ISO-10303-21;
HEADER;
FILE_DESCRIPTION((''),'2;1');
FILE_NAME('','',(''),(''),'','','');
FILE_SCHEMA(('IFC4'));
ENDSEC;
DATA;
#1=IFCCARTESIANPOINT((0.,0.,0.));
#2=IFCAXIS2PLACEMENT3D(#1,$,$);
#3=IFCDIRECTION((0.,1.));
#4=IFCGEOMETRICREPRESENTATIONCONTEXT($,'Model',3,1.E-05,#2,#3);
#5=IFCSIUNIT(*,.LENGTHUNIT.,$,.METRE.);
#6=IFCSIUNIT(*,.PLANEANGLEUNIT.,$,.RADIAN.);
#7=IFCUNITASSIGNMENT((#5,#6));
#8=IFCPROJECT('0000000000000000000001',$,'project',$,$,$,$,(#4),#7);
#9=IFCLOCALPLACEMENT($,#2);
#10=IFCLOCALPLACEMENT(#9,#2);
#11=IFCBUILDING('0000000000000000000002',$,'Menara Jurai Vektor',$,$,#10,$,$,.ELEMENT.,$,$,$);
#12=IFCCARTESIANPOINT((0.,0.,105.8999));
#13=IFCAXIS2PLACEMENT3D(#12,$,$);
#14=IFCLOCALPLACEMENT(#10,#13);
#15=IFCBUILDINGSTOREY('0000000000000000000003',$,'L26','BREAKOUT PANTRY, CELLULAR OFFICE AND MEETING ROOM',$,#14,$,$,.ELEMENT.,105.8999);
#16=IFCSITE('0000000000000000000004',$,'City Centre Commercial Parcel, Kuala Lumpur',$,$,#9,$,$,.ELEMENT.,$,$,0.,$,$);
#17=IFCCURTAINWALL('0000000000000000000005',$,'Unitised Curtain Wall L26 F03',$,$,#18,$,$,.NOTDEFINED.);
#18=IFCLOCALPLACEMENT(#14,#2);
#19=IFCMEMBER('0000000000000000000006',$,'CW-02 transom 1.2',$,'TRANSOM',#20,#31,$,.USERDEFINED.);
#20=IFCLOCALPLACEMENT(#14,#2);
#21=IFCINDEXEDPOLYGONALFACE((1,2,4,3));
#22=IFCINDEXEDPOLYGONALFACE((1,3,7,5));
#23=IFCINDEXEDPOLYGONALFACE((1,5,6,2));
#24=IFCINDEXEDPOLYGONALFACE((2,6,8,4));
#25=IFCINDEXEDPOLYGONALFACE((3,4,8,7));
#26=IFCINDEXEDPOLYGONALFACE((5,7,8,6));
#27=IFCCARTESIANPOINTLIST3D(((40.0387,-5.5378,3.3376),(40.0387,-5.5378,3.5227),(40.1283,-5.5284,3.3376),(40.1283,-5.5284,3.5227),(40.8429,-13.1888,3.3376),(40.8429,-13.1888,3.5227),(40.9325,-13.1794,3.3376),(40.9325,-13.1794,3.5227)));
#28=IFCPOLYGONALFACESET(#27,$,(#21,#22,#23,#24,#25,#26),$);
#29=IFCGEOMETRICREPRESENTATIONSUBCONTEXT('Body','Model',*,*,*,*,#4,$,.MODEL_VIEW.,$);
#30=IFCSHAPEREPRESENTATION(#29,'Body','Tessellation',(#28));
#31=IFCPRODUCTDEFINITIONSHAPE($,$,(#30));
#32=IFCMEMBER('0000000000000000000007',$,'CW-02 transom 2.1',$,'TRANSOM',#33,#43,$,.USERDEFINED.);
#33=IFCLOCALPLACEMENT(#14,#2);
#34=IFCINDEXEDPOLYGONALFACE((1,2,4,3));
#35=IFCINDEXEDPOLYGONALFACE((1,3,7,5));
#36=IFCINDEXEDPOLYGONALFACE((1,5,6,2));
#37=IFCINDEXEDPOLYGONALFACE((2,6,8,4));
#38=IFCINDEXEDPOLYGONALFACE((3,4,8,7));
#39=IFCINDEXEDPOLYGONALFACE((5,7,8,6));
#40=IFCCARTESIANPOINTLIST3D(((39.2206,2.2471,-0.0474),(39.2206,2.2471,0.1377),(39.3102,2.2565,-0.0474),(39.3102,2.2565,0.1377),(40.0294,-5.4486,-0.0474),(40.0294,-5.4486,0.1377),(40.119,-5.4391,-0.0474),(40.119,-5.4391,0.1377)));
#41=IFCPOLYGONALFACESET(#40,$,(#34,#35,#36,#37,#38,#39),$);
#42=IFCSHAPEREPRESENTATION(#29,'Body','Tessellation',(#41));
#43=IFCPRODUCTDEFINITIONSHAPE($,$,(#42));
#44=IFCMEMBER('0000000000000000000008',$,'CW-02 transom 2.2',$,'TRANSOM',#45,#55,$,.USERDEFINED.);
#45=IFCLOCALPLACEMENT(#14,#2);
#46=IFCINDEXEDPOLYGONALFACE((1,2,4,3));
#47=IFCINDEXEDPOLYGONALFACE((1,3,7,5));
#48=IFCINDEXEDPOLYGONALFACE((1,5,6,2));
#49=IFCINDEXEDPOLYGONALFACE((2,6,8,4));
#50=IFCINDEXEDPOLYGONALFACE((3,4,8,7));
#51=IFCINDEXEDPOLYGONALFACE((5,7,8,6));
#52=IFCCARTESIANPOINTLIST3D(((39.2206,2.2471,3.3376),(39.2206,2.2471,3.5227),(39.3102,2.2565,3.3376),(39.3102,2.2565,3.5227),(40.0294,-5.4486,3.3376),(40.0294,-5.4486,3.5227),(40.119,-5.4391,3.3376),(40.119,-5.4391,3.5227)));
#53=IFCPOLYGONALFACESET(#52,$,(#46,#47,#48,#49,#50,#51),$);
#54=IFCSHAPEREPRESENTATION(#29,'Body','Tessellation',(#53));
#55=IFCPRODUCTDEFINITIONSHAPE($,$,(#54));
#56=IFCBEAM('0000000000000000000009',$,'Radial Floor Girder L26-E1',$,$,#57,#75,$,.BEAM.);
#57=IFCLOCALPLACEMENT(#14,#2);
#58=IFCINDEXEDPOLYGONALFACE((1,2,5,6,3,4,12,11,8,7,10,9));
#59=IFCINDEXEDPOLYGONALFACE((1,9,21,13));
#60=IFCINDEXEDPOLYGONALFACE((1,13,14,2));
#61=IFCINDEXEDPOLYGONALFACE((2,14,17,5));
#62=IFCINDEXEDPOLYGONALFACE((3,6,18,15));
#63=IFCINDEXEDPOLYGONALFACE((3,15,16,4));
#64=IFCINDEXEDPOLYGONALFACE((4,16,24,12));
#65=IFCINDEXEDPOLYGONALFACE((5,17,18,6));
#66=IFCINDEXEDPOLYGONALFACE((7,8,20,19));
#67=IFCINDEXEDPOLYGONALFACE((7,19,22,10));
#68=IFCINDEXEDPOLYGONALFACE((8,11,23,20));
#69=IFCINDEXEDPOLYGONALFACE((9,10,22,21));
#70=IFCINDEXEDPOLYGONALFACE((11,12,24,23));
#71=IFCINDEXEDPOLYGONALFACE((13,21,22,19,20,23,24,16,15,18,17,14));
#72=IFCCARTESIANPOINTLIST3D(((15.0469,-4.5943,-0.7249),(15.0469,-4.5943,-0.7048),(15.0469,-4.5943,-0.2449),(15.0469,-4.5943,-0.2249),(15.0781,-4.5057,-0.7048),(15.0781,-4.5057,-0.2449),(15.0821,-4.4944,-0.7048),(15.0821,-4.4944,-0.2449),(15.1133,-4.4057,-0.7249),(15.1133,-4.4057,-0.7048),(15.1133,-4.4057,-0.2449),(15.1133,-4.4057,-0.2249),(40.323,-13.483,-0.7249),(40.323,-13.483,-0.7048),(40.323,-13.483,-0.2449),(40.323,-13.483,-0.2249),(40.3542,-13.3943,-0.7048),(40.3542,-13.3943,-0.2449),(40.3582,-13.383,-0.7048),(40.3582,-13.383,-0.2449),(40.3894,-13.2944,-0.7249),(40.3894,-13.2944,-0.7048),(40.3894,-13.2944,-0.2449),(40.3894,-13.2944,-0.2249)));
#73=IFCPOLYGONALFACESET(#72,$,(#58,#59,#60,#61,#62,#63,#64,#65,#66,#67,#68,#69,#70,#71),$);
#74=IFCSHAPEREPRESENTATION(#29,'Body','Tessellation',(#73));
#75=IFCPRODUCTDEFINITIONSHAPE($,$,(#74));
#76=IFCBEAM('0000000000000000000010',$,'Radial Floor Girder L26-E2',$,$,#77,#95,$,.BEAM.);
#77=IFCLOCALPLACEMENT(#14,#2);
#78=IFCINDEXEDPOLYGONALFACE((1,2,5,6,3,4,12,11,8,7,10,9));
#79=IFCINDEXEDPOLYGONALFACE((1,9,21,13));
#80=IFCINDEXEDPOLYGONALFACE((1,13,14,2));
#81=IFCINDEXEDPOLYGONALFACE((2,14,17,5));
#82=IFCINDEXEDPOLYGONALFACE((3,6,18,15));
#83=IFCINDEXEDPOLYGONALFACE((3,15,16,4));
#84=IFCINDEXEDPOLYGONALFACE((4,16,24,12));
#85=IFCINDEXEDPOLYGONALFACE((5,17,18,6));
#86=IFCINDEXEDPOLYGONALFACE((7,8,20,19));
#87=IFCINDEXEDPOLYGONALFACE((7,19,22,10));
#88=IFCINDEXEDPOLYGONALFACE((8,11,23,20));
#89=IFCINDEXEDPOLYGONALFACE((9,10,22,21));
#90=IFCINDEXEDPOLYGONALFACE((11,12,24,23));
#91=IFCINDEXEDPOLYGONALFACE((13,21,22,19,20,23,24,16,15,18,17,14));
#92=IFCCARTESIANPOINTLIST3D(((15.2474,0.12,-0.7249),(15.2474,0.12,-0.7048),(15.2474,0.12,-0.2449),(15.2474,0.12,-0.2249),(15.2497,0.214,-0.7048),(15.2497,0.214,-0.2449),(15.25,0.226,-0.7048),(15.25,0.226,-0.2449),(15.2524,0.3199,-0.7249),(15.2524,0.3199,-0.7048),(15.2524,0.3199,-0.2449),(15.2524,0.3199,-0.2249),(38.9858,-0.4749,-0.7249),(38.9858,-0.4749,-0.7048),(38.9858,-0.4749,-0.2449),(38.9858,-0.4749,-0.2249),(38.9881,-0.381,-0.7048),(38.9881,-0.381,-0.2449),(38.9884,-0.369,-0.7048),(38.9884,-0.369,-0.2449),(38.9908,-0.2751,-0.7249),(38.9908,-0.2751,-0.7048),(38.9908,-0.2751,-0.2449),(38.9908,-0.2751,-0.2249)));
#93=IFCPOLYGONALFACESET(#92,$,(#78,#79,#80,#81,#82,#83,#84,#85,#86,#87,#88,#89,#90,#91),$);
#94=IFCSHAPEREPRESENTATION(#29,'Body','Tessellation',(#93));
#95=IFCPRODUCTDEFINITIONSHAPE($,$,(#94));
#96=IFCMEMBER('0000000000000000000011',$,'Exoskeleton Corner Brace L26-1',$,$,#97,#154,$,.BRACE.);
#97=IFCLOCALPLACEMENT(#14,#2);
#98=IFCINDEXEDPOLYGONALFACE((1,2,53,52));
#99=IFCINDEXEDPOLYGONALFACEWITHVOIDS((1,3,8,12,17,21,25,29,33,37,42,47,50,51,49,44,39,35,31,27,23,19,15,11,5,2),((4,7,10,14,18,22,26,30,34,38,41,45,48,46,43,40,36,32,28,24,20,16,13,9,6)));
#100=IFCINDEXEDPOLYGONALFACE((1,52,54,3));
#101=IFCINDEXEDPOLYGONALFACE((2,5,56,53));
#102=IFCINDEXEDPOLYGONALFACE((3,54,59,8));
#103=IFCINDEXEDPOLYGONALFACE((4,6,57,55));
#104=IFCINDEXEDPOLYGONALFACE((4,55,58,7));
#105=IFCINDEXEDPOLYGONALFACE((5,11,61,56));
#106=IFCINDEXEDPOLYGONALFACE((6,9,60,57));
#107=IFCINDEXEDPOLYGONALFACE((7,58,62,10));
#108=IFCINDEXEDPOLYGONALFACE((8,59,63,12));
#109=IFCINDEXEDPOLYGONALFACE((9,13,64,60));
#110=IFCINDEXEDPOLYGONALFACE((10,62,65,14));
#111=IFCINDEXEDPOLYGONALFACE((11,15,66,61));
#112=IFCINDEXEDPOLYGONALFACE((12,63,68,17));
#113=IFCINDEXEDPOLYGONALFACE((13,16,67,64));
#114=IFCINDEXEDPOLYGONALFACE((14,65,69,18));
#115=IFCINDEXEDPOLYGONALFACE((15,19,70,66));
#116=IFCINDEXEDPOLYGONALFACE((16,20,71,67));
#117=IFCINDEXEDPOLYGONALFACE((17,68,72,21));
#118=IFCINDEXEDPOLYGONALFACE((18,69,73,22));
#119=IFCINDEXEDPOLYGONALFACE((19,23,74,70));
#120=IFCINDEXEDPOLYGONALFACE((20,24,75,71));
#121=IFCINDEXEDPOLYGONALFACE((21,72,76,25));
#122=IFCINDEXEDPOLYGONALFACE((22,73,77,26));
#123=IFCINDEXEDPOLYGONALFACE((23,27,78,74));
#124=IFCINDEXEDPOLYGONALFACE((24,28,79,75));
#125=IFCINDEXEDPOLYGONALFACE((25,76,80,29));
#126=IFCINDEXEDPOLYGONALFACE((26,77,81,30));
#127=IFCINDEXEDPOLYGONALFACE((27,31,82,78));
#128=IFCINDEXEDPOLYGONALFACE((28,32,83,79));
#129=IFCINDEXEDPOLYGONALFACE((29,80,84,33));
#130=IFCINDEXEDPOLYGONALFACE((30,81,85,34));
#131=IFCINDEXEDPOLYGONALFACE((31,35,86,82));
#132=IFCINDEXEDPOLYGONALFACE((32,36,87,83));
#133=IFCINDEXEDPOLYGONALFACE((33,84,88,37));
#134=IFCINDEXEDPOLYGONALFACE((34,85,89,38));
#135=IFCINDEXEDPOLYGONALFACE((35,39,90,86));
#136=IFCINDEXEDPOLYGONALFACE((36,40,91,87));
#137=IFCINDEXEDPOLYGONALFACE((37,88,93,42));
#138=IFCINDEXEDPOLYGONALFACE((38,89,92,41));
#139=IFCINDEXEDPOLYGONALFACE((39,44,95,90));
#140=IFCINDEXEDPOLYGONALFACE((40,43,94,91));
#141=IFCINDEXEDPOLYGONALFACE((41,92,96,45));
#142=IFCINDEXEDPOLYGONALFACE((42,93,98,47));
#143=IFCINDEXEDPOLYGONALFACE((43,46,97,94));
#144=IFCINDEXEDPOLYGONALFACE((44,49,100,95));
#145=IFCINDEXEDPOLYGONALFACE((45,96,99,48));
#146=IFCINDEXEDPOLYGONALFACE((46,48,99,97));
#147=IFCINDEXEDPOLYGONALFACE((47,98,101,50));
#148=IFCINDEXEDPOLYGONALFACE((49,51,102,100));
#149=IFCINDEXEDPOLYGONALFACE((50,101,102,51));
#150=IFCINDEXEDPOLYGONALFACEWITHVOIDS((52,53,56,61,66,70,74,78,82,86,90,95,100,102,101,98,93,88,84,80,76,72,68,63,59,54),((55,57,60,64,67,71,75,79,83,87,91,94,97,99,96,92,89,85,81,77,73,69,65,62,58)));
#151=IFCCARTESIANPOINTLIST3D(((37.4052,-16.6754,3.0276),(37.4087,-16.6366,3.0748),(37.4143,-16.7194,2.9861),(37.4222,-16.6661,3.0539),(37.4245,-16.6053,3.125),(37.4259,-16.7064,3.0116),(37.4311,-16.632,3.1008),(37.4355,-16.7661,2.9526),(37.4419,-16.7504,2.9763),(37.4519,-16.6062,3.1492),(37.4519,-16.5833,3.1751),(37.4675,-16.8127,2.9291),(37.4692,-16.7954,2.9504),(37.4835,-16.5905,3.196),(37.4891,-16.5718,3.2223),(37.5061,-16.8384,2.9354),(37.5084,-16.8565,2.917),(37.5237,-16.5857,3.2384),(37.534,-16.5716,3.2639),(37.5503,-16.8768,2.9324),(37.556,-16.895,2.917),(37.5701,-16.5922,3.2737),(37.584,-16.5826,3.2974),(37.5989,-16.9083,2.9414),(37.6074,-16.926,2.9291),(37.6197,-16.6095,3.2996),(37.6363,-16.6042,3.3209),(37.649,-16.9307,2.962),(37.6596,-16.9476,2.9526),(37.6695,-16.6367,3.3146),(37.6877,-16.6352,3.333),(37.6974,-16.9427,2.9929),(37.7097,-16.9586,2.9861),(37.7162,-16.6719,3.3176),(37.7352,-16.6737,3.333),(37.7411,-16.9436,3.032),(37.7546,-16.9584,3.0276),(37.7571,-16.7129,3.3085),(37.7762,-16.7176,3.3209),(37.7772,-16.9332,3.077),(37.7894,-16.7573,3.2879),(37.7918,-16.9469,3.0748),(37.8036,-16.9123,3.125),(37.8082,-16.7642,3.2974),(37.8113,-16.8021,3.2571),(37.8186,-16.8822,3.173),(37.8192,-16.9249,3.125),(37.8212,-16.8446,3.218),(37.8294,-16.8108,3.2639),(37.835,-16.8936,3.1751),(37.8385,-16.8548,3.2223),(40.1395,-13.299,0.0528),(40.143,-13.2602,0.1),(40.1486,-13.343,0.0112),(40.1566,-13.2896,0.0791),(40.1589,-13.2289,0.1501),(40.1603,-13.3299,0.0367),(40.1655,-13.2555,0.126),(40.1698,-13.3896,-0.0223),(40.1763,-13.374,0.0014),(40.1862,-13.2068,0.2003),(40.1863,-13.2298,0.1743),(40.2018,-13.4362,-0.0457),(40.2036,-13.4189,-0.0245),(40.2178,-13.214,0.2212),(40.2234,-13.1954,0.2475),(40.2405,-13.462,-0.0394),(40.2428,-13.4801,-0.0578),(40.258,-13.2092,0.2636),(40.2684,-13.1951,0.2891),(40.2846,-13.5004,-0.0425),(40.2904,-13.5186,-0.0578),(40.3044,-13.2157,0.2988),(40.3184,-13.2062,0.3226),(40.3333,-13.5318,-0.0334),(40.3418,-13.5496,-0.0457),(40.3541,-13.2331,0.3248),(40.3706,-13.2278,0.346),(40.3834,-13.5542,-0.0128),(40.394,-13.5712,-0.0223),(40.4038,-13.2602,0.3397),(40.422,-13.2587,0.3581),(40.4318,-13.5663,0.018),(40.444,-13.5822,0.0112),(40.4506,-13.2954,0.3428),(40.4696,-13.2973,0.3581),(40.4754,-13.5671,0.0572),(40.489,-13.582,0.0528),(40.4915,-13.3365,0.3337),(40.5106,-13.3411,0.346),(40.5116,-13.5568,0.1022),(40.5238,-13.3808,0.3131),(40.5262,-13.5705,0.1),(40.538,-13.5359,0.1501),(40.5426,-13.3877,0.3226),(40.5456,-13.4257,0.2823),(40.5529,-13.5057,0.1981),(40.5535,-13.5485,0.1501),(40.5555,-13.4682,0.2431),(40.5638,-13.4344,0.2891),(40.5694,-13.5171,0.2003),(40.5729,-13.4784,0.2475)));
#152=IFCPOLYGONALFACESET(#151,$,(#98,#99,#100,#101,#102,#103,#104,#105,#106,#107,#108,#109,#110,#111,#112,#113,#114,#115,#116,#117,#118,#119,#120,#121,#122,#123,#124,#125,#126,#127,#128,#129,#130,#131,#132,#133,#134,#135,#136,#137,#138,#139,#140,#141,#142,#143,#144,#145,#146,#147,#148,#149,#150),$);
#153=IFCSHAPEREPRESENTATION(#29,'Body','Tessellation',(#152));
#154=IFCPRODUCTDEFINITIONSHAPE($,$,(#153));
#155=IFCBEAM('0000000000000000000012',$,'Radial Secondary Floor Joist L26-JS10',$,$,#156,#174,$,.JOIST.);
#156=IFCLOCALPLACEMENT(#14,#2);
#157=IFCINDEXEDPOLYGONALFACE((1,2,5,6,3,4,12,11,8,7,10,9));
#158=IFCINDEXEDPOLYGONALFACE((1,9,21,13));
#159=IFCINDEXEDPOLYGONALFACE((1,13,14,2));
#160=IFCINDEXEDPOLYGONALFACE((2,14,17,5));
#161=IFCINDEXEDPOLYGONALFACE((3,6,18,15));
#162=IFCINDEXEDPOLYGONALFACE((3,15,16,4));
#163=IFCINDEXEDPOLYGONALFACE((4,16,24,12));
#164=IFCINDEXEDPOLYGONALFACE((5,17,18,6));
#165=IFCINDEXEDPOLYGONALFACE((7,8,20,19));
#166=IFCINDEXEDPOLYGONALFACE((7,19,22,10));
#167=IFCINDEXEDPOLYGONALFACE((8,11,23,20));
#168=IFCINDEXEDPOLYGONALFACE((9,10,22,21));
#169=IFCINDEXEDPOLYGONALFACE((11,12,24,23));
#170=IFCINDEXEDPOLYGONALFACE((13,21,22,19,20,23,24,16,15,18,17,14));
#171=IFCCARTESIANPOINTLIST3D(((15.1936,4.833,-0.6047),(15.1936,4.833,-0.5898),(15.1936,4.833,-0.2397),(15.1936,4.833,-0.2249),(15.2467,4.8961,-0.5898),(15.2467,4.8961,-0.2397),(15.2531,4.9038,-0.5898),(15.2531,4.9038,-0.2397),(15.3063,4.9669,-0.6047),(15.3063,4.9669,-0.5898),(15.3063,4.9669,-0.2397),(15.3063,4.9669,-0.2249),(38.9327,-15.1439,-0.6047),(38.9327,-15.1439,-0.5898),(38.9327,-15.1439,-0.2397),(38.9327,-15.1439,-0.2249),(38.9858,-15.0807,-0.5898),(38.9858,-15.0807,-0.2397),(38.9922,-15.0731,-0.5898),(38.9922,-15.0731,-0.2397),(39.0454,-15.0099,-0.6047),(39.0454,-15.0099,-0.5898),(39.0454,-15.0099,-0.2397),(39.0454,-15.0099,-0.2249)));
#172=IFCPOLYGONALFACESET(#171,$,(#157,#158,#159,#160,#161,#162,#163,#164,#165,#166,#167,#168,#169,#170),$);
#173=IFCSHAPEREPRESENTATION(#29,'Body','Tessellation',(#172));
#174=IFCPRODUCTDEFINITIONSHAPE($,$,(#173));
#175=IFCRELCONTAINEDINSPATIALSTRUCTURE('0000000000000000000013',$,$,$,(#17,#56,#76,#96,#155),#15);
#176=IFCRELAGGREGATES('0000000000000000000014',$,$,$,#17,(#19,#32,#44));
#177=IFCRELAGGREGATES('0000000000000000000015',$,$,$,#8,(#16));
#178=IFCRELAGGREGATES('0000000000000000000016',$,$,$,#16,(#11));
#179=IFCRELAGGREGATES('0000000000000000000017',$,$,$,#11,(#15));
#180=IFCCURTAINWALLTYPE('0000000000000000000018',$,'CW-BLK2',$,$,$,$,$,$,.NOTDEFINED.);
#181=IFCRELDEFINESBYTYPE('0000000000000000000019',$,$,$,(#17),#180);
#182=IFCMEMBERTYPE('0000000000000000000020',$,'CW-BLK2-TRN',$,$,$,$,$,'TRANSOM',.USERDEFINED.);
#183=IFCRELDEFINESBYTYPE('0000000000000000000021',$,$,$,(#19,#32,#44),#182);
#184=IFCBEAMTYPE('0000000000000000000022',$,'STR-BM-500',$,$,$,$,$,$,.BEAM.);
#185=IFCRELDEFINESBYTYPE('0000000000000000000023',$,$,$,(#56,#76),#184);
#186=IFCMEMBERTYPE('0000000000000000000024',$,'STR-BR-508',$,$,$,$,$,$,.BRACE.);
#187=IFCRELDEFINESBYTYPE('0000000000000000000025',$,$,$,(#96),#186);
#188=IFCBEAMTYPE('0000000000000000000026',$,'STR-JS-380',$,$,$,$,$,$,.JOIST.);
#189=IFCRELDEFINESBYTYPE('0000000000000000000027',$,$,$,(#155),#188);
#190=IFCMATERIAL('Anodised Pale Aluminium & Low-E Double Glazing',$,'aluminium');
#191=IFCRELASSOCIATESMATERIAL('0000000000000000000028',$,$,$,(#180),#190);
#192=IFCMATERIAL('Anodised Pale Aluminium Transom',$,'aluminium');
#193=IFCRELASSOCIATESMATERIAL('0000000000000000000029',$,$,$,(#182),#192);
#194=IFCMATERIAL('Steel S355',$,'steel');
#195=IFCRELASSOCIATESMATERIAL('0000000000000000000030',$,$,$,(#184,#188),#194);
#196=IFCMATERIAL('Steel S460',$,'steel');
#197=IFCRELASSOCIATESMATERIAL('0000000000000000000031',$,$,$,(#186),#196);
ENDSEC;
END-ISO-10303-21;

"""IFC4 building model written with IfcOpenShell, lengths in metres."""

from ifc_helpers import new_model, si_unit, direction, frame, origin, origin_2d, place, context, subcontext, project, spatial, rectangle, hollow_circle, i_section, extrude, material, material_profile, profile_set, type_object, element, aggregate, save


model = new_model("IFC4")

# Units and contexts
model_context = context("Model", 3, precision=1e-05, world=origin(), true_north=direction((0.0, 1.0)))
body_context = subcontext(model_context, "Body", "Model", "MODEL_VIEW")
ifc_project = project(units=[si_unit("LENGTHUNIT", "METRE"), si_unit("PLANEANGLEUNIT", "RADIAN")], contexts=[model_context])

# Site, building, storey
site_placement = place(None, origin())
site = spatial("IfcSite", under=ifc_project, at=site_placement, Name="City Centre Commercial Parcel, Kuala Lumpur", CompositionType="ELEMENT", RefElevation=0.0)
building_placement = place(site_placement, origin())
building = spatial("IfcBuilding", under=site, at=building_placement, Name="Menara Jurai Vektor", CompositionType="ELEMENT")
storey_placement = place(building_placement, frame((0.0, 0.0, 105.8999)))
storey = spatial("IfcBuildingStorey", under=building, at=storey_placement, Name="L26", Description="BREAKOUT PANTRY, CELLULAR OFFICE AND MEETING ROOM", CompositionType="ELEMENT", Elevation=105.8999)

# Shared definitions
ifc_material_1 = material(Name="Steel S460", Category="steel")

# Curtain wall
ifc_material_2 = material(Name="Anodised Pale Aluminium & Low-E Double Glazing", Category="aluminium")
curtain_wall_type = type_object("IfcCurtainWallType", Name="CW-BLK2", PredefinedType="NOTDEFINED", material=ifc_material_2)
curtain_wall_1_placement = place(storey_placement, origin())
curtain_wall_1 = element("IfcCurtainWall", 1, at=curtain_wall_1_placement, inside=storey, type_object=curtain_wall_type, Name="Unitised Curtain Wall L26 F03", PredefinedType="NOTDEFINED")

# Members
ifc_material_3 = material(Name="Anodised Pale Aluminium Transom", Category="aluminium")
ifc_material_profile_1 = material_profile(ifc_material_3, rectangle(XDim=0.0901, YDim=0.1851, at=origin_2d()), Name="ALU TRN 90x185")
ifc_profile_set_1 = profile_set([ifc_material_profile_1], Name="Anodised Pale Aluminium Transom")
member_type_1 = type_object("IfcMemberType", Name="CW-BLK2-TRN", ElementType="TRANSOM", PredefinedType="USERDEFINED", material=ifc_profile_set_1)
member_1_placement = place(storey_placement, frame((40.8877, -13.1841, 3.4302), z_axis=(-0.104536, 0.994521, 0.0), x_axis=(-0.994521, -0.104536, 0.0)))
member_1 = element("IfcMember", 2, at=member_1_placement, type_object=member_type_1, Name="CW-02 transom 1.2", ObjectType="TRANSOM", PredefinedType="USERDEFINED", context=body_context, shape_type="SweptSolid", body=[
    extrude(rectangle(XDim=0.0901, YDim=0.1851, at=origin_2d()), origin(), (0.0, 0.0, 1.0), 7.6931),
])
member_2_placement = place(storey_placement, frame((40.0742, -5.4438, 0.0452), z_axis=(-0.104529, 0.994522, 0.0), x_axis=(-0.994522, -0.104529, 0.0)))
member_2 = element("IfcMember", 3, at=member_2_placement, type_object=member_type_1, Name="CW-02 transom 2.1", ObjectType="TRANSOM", PredefinedType="USERDEFINED", context=body_context, shape_type="SweptSolid", body=[
    extrude(rectangle(XDim=0.0901, YDim=0.1851, at=origin_2d()), origin(), (0.0, 0.0, 1.0), 7.738),
])
member_3_placement = place(storey_placement, frame((40.0742, -5.4438, 3.4302), z_axis=(-0.104529, 0.994522, 0.0), x_axis=(-0.994522, -0.104529, 0.0)))
member_3 = element("IfcMember", 4, at=member_3_placement, type_object=member_type_1, Name="CW-02 transom 2.2", ObjectType="TRANSOM", PredefinedType="USERDEFINED", context=body_context, shape_type="SweptSolid", body=[
    extrude(rectangle(XDim=0.0901, YDim=0.1851, at=origin_2d()), origin(), (0.0, 0.0, 1.0), 7.738),
])

# Beams
ifc_material_4 = material(Name="Steel S355", Category="steel")
ifc_material_profile_2 = material_profile(ifc_material_4, i_section(OverallWidth=0.2, OverallDepth=0.5, WebThickness=0.012, FlangeThickness=0.02, at=origin_2d()), Name="PG 500x200x96")
ifc_profile_set_2 = profile_set([ifc_material_profile_2], Name="Steel S355")
beam_type_1 = type_object("IfcBeamType", Name="STR-BM-500", PredefinedType="BEAM", material=ifc_profile_set_2)
beam_1_placement = place(storey_placement, frame((40.3562, -13.3887, -0.4749), z_axis=(-0.943368, 0.331747, 0.0), x_axis=(-0.331747, -0.943368, 0.0)))
element("IfcBeam", 5, at=beam_1_placement, inside=storey, type_object=beam_type_1, Name="Radial Floor Girder L26-E1", PredefinedType="BEAM", context=body_context, shape_type="SweptSolid", body=[
    extrude(i_section(OverallWidth=0.2, OverallDepth=0.5, WebThickness=0.012, FlangeThickness=0.02, at=origin_2d()), origin(), (0.0, 0.0, 1.0), 26.7935),
])
beam_2_placement = place(storey_placement, frame((38.9883, -0.375, -0.4749), z_axis=(-0.999686, 0.025056, 0.0), x_axis=(-0.025056, -0.999686, 0.0)))
element("IfcBeam", 6, at=beam_2_placement, inside=storey, type_object=beam_type_1, Name="Radial Floor Girder L26-E2", PredefinedType="BEAM", context=body_context, shape_type="SweptSolid", body=[
    extrude(i_section(OverallWidth=0.2, OverallDepth=0.5, WebThickness=0.012, FlangeThickness=0.02, at=origin_2d()), origin(), (0.0, 0.0, 1.0), 23.7458),
])

# Member
ifc_material_profile_3 = material_profile(ifc_material_1, hollow_circle(Radius=0.2539, WallThickness=0.02, at=origin_2d()), Name="CHS 508x20")
ifc_profile_set_3 = profile_set([ifc_material_profile_3], Name="Steel S460")
member_type_2 = type_object("IfcMemberType", Name="STR-BR-508", PredefinedType="BRACE", material=ifc_profile_set_3)
member_4_placement = place(storey_placement, frame((40.3562, -13.3887, 0.1501), z_axis=(-0.519285, -0.641225, 0.564955), x_axis=(0.777127, -0.629344, 0.0)))
element("IfcMember", 7, at=member_4_placement, inside=storey, type_object=member_type_2, Name="Exoskeleton Corner Brace L26-1", PredefinedType="BRACE", context=body_context, shape_type="SweptSolid", body=[
    extrude(hollow_circle(Radius=0.2539, WallThickness=0.02, at=origin_2d()), origin(), (0.0, 0.0, 1.0), 5.2656),
])

# Beam
ifc_material_profile_4 = material_profile(ifc_material_4, i_section(OverallWidth=0.175, OverallDepth=0.3799, WebThickness=0.01, FlangeThickness=0.0149, at=origin_2d()), Name="PG 380x175x58")
ifc_profile_set_4 = profile_set([ifc_material_profile_4], Name="Steel S355")
beam_type_2 = type_object("IfcBeamType", Name="STR-JS-380", PredefinedType="JOIST", material=ifc_profile_set_4)
beam_3_placement = place(storey_placement, frame((38.989, -15.0769, -0.4148), z_axis=(-0.765133, 0.643873, 0.0), x_axis=(-0.643873, -0.765133, 0.0)))
element("IfcBeam", 8, at=beam_3_placement, inside=storey, type_object=beam_type_2, Name="Radial Secondary Floor Joist L26-JS10", PredefinedType="JOIST", context=body_context, shape_type="SweptSolid", body=[
    extrude(i_section(OverallWidth=0.175, OverallDepth=0.3799, WebThickness=0.01, FlangeThickness=0.0149, at=origin_2d()), origin(), (0.0, 0.0, 1.0), 31.0261),
])

aggregate(curtain_wall_1, [member_1, member_2, member_3])

save(model, "model.ifc")
